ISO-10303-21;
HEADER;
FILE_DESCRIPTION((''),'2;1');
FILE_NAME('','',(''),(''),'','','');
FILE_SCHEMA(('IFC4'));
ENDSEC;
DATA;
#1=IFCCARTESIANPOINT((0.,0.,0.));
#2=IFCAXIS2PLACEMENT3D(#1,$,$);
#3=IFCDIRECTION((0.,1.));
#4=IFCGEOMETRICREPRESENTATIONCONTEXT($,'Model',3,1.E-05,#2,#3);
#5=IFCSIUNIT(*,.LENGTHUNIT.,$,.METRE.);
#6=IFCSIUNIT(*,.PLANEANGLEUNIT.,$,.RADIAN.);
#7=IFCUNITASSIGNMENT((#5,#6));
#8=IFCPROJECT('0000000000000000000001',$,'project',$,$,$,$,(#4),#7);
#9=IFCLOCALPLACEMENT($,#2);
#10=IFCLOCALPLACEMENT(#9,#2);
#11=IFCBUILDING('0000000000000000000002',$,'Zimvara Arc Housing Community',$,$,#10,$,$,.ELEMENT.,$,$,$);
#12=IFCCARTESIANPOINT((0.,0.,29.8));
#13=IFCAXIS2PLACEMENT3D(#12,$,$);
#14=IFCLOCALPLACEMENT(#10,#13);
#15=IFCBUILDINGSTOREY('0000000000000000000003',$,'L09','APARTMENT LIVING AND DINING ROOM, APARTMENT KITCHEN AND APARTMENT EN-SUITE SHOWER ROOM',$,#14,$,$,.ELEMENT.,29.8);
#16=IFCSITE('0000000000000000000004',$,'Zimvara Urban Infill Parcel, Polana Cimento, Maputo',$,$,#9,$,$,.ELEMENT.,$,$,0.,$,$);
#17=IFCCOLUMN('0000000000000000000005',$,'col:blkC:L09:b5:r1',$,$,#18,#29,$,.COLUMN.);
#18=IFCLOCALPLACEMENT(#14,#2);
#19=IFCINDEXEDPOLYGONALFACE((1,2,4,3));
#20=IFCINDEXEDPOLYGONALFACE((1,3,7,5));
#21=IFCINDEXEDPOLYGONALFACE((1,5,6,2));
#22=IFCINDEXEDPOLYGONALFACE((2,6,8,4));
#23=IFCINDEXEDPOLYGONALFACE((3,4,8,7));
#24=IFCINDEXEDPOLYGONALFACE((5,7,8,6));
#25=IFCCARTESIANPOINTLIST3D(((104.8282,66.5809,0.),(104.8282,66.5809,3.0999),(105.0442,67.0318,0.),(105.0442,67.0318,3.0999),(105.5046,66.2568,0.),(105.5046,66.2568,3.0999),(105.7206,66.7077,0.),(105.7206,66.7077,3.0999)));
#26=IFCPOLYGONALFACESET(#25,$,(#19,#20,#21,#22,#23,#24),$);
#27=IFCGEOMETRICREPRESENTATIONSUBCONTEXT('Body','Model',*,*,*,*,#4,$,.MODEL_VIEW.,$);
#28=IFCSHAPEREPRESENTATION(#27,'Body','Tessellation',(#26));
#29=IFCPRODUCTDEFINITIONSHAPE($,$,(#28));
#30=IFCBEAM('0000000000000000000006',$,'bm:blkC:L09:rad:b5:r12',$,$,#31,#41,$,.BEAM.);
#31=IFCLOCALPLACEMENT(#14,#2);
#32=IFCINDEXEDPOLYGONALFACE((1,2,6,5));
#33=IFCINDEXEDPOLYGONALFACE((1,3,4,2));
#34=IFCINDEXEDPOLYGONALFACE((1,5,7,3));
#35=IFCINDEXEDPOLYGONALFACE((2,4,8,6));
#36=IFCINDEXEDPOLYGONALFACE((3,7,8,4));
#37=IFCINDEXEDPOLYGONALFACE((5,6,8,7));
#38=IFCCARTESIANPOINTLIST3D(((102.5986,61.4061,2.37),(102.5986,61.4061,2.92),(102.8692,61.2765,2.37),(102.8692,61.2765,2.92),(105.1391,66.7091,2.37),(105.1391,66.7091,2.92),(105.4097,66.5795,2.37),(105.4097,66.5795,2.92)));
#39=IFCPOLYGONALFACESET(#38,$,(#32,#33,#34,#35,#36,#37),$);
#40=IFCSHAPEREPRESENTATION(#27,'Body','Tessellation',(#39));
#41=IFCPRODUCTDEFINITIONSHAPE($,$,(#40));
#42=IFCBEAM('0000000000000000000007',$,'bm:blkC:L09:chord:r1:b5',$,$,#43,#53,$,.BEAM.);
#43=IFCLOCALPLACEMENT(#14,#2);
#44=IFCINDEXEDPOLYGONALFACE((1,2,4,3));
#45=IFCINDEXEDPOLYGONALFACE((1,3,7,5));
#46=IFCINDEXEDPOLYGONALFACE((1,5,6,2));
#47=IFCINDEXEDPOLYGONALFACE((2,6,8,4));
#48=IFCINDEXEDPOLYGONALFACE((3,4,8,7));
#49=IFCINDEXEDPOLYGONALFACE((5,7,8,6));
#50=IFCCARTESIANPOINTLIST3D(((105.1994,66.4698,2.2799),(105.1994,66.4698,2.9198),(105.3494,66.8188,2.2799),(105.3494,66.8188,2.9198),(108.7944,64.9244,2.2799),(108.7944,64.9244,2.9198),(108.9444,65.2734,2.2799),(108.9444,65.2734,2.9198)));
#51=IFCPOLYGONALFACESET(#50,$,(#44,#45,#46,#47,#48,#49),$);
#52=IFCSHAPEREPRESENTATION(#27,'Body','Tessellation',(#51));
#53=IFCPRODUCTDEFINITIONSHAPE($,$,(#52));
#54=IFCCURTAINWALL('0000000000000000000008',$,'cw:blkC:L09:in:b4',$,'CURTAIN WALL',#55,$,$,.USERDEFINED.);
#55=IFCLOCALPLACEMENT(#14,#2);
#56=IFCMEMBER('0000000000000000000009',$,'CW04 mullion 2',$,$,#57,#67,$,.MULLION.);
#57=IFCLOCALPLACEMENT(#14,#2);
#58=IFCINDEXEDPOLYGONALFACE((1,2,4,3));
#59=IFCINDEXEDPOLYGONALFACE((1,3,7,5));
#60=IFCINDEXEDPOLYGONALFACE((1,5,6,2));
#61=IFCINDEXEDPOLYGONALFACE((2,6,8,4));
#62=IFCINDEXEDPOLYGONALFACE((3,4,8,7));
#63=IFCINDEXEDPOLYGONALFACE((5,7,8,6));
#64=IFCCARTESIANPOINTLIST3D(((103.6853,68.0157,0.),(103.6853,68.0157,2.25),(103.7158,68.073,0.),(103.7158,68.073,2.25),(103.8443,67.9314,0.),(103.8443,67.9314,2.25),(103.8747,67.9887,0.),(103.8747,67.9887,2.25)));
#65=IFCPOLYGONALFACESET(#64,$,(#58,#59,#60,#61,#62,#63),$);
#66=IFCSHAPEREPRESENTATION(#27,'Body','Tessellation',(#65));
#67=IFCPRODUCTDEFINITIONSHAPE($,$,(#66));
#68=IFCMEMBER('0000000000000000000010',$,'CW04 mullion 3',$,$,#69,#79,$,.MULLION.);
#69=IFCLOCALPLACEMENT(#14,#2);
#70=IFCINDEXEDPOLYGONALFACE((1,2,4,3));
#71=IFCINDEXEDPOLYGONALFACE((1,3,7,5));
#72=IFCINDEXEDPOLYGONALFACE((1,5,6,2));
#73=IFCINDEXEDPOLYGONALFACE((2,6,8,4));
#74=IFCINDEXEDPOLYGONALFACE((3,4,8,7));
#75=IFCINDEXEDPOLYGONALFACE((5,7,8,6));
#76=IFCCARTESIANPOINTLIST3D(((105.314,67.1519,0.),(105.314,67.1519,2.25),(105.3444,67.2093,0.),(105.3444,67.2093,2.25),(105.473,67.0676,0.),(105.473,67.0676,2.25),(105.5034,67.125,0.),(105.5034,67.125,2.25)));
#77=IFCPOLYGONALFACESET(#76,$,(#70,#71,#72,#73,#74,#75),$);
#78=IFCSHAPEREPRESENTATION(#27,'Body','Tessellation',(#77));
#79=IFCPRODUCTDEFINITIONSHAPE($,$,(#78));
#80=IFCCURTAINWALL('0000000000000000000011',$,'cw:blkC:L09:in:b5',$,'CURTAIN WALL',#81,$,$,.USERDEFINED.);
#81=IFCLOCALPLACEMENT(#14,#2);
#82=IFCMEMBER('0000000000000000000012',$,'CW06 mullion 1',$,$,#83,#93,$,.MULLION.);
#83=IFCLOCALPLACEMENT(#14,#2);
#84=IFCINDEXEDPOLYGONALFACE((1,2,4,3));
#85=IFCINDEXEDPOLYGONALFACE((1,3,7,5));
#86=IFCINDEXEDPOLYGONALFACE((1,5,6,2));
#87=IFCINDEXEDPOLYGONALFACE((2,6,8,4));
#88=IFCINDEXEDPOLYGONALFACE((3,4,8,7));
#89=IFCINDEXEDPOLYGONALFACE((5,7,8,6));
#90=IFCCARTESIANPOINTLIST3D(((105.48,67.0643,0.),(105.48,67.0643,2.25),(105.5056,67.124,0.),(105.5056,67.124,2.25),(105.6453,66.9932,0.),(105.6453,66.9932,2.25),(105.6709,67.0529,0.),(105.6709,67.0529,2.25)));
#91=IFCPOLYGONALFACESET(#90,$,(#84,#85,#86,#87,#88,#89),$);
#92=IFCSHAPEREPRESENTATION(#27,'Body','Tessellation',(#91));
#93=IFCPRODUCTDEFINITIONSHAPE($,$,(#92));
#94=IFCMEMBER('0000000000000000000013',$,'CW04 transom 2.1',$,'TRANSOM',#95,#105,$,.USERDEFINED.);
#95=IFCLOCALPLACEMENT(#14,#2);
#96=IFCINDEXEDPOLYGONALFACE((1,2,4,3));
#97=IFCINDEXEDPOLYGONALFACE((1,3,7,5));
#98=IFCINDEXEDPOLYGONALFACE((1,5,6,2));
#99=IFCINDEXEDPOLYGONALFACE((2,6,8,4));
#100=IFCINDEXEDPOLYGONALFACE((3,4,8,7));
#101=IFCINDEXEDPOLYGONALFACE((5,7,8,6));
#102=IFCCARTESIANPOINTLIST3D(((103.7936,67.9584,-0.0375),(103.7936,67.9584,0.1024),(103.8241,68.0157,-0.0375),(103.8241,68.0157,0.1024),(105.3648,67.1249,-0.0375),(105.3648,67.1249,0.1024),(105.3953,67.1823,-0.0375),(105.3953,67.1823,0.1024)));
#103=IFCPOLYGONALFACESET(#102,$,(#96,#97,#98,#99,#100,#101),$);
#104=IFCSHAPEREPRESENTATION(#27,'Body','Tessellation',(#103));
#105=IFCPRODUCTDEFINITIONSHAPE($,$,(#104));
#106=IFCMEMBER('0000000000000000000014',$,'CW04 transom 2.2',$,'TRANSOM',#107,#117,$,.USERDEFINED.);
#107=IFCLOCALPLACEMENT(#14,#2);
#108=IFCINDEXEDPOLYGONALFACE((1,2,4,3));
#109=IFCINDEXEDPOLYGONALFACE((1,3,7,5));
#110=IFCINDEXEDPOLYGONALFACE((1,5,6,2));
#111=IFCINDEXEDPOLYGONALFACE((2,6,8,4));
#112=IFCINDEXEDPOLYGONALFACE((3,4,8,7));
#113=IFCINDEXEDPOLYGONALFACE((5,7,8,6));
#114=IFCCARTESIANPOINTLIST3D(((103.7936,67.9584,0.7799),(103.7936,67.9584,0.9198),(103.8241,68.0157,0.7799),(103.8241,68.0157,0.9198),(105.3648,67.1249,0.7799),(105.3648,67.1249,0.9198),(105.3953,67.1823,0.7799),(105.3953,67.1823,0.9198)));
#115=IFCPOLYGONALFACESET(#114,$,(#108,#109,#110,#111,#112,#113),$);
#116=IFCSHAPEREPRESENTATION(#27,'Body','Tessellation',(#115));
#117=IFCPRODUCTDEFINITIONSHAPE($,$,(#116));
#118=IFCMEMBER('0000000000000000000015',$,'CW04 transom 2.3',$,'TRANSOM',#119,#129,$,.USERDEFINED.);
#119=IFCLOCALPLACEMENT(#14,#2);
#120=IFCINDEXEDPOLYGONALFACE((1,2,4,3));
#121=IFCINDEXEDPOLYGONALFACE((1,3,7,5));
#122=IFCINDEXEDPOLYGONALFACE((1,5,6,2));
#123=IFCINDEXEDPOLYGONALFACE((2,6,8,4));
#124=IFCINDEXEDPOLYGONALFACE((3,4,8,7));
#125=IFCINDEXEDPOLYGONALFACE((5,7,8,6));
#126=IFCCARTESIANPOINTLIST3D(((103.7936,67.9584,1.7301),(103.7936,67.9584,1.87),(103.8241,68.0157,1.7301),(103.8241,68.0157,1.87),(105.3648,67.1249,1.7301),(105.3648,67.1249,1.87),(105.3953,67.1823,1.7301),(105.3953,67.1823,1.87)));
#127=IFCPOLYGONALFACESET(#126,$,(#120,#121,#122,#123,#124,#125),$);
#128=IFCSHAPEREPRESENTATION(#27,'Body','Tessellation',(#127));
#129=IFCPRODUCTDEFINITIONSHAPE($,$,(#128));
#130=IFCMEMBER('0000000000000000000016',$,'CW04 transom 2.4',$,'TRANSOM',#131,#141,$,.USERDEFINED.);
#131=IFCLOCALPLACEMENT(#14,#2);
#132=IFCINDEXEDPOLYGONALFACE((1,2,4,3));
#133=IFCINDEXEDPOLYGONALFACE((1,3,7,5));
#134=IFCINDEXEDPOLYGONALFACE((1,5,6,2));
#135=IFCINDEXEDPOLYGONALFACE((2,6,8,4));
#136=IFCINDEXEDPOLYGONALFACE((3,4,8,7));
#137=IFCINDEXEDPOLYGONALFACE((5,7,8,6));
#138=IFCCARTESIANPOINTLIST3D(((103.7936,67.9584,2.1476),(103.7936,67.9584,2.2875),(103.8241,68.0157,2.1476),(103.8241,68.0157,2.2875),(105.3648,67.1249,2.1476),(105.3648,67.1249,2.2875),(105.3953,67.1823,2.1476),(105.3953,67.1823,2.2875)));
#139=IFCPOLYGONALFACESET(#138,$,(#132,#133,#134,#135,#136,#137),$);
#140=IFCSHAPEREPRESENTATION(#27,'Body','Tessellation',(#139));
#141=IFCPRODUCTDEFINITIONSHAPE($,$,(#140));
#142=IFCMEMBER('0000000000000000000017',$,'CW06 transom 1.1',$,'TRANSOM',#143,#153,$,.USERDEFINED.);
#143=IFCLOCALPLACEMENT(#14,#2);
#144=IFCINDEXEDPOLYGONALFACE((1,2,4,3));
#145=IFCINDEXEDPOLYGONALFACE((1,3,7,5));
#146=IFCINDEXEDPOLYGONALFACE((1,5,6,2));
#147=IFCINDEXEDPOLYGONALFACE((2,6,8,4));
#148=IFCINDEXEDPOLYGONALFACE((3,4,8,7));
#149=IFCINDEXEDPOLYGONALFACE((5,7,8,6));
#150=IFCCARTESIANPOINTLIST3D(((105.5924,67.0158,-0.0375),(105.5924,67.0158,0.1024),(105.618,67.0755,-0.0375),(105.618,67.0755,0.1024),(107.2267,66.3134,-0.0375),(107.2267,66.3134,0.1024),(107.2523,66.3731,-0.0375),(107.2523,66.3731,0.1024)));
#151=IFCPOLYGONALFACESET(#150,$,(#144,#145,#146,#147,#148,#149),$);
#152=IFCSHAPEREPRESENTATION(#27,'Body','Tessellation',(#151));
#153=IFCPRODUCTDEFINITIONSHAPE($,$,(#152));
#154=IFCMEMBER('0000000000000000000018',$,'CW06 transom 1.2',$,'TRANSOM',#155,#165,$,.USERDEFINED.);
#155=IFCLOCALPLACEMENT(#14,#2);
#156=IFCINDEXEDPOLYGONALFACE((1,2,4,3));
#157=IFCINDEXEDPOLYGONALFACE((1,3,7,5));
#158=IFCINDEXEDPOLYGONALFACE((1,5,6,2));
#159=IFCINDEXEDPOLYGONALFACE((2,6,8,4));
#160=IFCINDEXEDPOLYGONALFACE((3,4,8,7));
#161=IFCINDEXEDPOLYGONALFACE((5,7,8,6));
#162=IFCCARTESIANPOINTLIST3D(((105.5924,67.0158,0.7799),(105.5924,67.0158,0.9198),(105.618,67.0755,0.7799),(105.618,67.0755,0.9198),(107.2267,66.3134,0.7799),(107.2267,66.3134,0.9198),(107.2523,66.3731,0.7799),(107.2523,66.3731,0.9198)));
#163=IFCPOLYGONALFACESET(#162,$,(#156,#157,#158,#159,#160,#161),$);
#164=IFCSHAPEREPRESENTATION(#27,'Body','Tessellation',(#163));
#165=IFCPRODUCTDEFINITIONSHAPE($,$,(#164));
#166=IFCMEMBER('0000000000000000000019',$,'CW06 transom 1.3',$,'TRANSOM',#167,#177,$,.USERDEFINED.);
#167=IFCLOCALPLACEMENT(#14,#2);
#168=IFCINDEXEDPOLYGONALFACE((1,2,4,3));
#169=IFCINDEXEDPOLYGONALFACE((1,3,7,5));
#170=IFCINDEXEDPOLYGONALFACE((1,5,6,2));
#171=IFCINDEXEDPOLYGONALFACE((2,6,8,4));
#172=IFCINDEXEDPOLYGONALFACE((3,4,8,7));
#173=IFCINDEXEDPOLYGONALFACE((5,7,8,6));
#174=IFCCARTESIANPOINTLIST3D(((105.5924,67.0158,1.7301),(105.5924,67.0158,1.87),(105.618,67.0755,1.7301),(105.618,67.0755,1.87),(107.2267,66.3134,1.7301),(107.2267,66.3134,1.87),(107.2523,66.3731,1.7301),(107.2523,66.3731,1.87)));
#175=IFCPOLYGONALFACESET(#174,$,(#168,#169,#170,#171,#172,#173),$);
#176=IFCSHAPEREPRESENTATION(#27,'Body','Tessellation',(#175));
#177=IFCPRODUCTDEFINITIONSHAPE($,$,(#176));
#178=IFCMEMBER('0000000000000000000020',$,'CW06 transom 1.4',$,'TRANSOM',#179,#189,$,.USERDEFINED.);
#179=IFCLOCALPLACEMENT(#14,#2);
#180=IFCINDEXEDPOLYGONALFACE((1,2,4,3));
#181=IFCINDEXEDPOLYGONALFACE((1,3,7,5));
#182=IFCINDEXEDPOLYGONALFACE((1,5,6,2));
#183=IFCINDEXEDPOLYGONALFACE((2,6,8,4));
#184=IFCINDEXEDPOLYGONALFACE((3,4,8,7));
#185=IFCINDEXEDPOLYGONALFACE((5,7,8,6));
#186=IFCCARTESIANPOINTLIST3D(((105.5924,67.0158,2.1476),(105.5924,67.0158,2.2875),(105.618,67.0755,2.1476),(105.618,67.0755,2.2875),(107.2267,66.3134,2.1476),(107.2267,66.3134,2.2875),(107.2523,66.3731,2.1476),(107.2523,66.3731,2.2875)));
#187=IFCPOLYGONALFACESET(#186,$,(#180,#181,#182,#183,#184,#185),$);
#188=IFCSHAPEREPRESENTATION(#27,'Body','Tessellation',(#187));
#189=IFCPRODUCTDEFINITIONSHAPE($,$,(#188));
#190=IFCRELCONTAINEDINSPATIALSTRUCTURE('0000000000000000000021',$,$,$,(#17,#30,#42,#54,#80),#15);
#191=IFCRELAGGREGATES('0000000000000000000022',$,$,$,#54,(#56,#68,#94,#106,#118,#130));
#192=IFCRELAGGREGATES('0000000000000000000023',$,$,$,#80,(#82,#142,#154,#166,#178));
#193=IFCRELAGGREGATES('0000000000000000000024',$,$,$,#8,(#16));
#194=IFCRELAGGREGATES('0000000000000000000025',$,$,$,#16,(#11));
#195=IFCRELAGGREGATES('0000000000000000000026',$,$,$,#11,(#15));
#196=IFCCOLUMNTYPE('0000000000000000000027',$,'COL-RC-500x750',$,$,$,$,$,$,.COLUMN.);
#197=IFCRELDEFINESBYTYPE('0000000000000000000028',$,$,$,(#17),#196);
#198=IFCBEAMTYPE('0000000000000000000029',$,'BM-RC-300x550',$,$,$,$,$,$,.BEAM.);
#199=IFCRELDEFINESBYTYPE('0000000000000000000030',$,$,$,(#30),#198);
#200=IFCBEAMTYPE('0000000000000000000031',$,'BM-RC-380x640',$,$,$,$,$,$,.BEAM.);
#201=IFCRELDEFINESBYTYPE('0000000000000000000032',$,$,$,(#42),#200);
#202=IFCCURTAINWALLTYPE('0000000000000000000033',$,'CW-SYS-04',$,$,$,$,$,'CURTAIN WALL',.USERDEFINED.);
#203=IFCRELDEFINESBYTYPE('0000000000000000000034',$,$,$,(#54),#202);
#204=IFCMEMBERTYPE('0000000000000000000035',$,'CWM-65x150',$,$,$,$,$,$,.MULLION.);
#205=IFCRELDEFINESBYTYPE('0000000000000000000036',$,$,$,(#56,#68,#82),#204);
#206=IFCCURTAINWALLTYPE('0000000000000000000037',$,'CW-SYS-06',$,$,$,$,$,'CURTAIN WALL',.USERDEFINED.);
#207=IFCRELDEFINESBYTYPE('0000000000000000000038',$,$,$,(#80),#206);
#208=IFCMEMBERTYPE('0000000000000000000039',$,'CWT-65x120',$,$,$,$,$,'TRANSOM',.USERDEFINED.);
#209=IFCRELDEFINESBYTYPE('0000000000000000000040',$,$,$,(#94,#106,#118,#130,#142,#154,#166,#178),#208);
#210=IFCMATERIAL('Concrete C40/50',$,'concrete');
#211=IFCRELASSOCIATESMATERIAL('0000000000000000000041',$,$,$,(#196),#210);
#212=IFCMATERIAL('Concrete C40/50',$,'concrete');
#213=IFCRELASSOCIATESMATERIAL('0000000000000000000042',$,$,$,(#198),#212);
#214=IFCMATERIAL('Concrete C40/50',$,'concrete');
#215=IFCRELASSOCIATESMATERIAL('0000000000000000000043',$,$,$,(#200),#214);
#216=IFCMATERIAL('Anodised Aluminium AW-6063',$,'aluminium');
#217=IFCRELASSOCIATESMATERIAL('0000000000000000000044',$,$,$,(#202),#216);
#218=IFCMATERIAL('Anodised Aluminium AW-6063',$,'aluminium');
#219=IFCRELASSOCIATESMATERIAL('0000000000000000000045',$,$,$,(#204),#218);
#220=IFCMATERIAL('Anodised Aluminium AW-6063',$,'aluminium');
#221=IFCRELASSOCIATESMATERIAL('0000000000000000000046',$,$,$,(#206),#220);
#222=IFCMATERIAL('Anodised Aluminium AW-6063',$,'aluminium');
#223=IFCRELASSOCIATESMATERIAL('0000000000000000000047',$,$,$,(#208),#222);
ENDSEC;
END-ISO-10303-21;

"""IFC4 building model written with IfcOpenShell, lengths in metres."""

from ifc_helpers import new_model, si_unit, direction, frame, origin, origin_2d, place, context, subcontext, project, spatial, rectangle, extrude, material, material_profile, profile_set, type_object, element, aggregate, save


model = new_model("IFC4")

# Units and contexts
model_context = context("Model", 3, precision=1e-05, world=origin(), true_north=direction((0.0, 1.0)))
body_context = subcontext(model_context, "Body", "Model", "MODEL_VIEW")
ifc_project = project(units=[si_unit("LENGTHUNIT", "METRE"), si_unit("PLANEANGLEUNIT", "RADIAN")], contexts=[model_context])

# Site, building, storey
site_placement = place(None, origin())
site = spatial("IfcSite", under=ifc_project, at=site_placement, Name="Zimvara Urban Infill Parcel, Polana Cimento, Maputo", CompositionType="ELEMENT", RefElevation=0.0)
building_placement = place(site_placement, origin())
building = spatial("IfcBuilding", under=site, at=building_placement, Name="Zimvara Arc Housing Community", CompositionType="ELEMENT")
storey_placement = place(building_placement, frame((0.0, 0.0, 29.8)))
storey = spatial("IfcBuildingStorey", under=building, at=storey_placement, Name="L09", Description="APARTMENT LIVING AND DINING ROOM, APARTMENT KITCHEN AND APARTMENT EN-SUITE SHOWER ROOM", CompositionType="ELEMENT", Elevation=29.8)

# Column
ifc_material_1 = material(Name="Concrete C40/50", Category="concrete")
ifc_material_profile_1 = material_profile(ifc_material_1, rectangle(XDim=0.5, YDim=0.75, at=origin_2d()), Name="RC 500x750")
ifc_profile_set_1 = profile_set([ifc_material_profile_1], Name="Concrete C40/50")
column_type = type_object("IfcColumnType", Name="COL-RC-500x750", PredefinedType="COLUMN", material=ifc_profile_set_1)
column_placement = place(storey_placement, frame((105.2744, 66.6443, 0.0), z_axis=(0.0, 0.0, 1.0), x_axis=(-0.432086, -0.901833, 0.0)))
element("IfcColumn", 1, at=column_placement, inside=storey, type_object=column_type, Name="col:blkC:L09:b5:r1", PredefinedType="COLUMN", context=body_context, shape_type="SweptSolid", body=[
    extrude(rectangle(XDim=0.5, YDim=0.75, at=origin_2d()), origin(), (0.0, 0.0, 1.0), 3.0999),
])

# Beams
ifc_material_2 = material(Name="Concrete C40/50", Category="concrete")
ifc_material_profile_2 = material_profile(ifc_material_2, rectangle(XDim=0.3, YDim=0.55, at=origin_2d()), Name="RC 300x550")
ifc_profile_set_2 = profile_set([ifc_material_profile_2], Name="Concrete C40/50")
beam_type_1 = type_object("IfcBeamType", Name="BM-RC-300x550", PredefinedType="BEAM", material=ifc_profile_set_2)
beam_1_placement = place(storey_placement, frame((105.2744, 66.6443, 2.645), z_axis=(-0.432053, -0.901848, 0.0), x_axis=(0.901848, -0.432053, 0.0)))
element("IfcBeam", 2, at=beam_1_placement, inside=storey, type_object=beam_type_1, Name="bm:blkC:L09:rad:b5:r12", PredefinedType="BEAM", context=body_context, shape_type="SweptSolid", body=[
    extrude(rectangle(XDim=0.3, YDim=0.55, at=origin_2d()), origin(), (0.0, 0.0, 1.0), 5.8801),
])
ifc_material_3 = material(Name="Concrete C40/50", Category="concrete")
ifc_material_profile_3 = material_profile(ifc_material_3, rectangle(XDim=0.3799, YDim=0.6399, at=origin_2d()), Name="RC 380x640")
ifc_profile_set_3 = profile_set([ifc_material_profile_3], Name="Concrete C40/50")
beam_type_2 = type_object("IfcBeamType", Name="BM-RC-380x640", PredefinedType="BEAM", material=ifc_profile_set_3)
beam_2_placement = place(storey_placement, frame((105.2744, 66.6443, 2.5999), z_axis=(0.918709, -0.394936, 0.0), x_axis=(0.394936, 0.918709, 0.0)))
element("IfcBeam", 3, at=beam_2_placement, inside=storey, type_object=beam_type_2, Name="bm:blkC:L09:chord:r1:b5", PredefinedType="BEAM", context=body_context, shape_type="SweptSolid", body=[
    extrude(rectangle(XDim=0.3799, YDim=0.6399, at=origin_2d()), origin(), (0.0, 0.0, 1.0), 3.9131),
])

# Curtain wall, members
ifc_material_4 = material(Name="Anodised Aluminium AW-6063", Category="aluminium")
curtain_wall_type_1 = type_object("IfcCurtainWallType", Name="CW-SYS-04", ElementType="CURTAIN WALL", PredefinedType="USERDEFINED", material=ifc_material_4)
curtain_wall_1_placement = place(storey_placement, origin())
curtain_wall_1 = element("IfcCurtainWall", 4, at=curtain_wall_1_placement, inside=storey, type_object=curtain_wall_type_1, Name="cw:blkC:L09:in:b4", ObjectType="CURTAIN WALL", PredefinedType="USERDEFINED")
ifc_material_5 = material(Name="Anodised Aluminium AW-6063", Category="aluminium")
ifc_material_profile_4 = material_profile(ifc_material_5, rectangle(XDim=0.0649, YDim=0.1799, at=origin_2d()), Name="ALU 65x180")
ifc_profile_set_4 = profile_set([ifc_material_profile_4], Name="Anodised Aluminium AW-6063")
member_type_1 = type_object("IfcMemberType", Name="CWM-65x150", PredefinedType="MULLION", material=ifc_profile_set_4)
member_1_placement = place(storey_placement, frame((103.78, 68.0022, 0.0), z_axis=(0.0, 0.0, 1.0), x_axis=(0.468547, 0.883439, 0.0)))
member_1 = element("IfcMember", 5, at=member_1_placement, type_object=member_type_1, Name="CW04 mullion 2", PredefinedType="MULLION", context=body_context, shape_type="SweptSolid", body=[
    extrude(rectangle(XDim=0.0649, YDim=0.1799, at=origin_2d()), origin(), (0.0, 0.0, 1.0), 2.25),
])
member_2_placement = place(storey_placement, frame((105.4087, 67.1384, 0.0), z_axis=(0.0, 0.0, 1.0), x_axis=(0.468547, 0.883439, 0.0)))
member_2 = element("IfcMember", 6, at=member_2_placement, type_object=member_type_1, Name="CW04 mullion 3", PredefinedType="MULLION", context=body_context, shape_type="SweptSolid", body=[
    extrude(rectangle(XDim=0.0649, YDim=0.1799, at=origin_2d()), origin(), (0.0, 0.0, 1.0), 2.25),
])

# Curtain wall, member
ifc_material_6 = material(Name="Anodised Aluminium AW-6063", Category="aluminium")
curtain_wall_type_2 = type_object("IfcCurtainWallType", Name="CW-SYS-06", ElementType="CURTAIN WALL", PredefinedType="USERDEFINED", material=ifc_material_6)
curtain_wall_2_placement = place(storey_placement, origin())
curtain_wall_2 = element("IfcCurtainWall", 7, at=curtain_wall_2_placement, inside=storey, type_object=curtain_wall_type_2, Name="cw:blkC:L09:in:b5", ObjectType="CURTAIN WALL", PredefinedType="USERDEFINED")
member_3_placement = place(storey_placement, frame((105.5754, 67.0586, 0.0), z_axis=(0.0, 0.0, 1.0), x_axis=(0.394904, 0.918722, 0.0)))
member_3 = element("IfcMember", 8, at=member_3_placement, type_object=member_type_1, Name="CW06 mullion 1", PredefinedType="MULLION", context=body_context, shape_type="SweptSolid", body=[
    extrude(rectangle(XDim=0.0649, YDim=0.1799, at=origin_2d()), origin(), (0.0, 0.0, 1.0), 2.25),
])

# Members
ifc_material_7 = material(Name="Anodised Aluminium AW-6063", Category="aluminium")
ifc_material_profile_5 = material_profile(ifc_material_7, rectangle(XDim=0.0649, YDim=0.1399, at=origin_2d()), Name="ALU 65x140")
ifc_profile_set_5 = profile_set([ifc_material_profile_5], Name="Anodised Aluminium AW-6063")
member_type_2 = type_object("IfcMemberType", Name="CWT-65x120", ElementType="TRANSOM", PredefinedType="USERDEFINED", material=ifc_profile_set_5)
member_4_placement = place(storey_placement, frame((103.8088, 67.9871, 0.0325), z_axis=(0.883407, -0.468607, 0.0), x_axis=(0.468607, 0.883407, 0.0)))
member_4 = element("IfcMember", 9, at=member_4_placement, type_object=member_type_2, Name="CW04 transom 2.1", ObjectType="TRANSOM", PredefinedType="USERDEFINED", context=body_context, shape_type="SweptSolid", body=[
    extrude(rectangle(XDim=0.0649, YDim=0.1399, at=origin_2d()), origin(), (0.0, 0.0, 1.0), 1.7786),
])
member_5_placement = place(storey_placement, frame((103.8088, 67.9871, 0.8499), z_axis=(0.883407, -0.468607, 0.0), x_axis=(0.468607, 0.883407, 0.0)))
member_5 = element("IfcMember", 10, at=member_5_placement, type_object=member_type_2, Name="CW04 transom 2.2", ObjectType="TRANSOM", PredefinedType="USERDEFINED", context=body_context, shape_type="SweptSolid", body=[
    extrude(rectangle(XDim=0.0649, YDim=0.1399, at=origin_2d()), origin(), (0.0, 0.0, 1.0), 1.7786),
])
member_6_placement = place(storey_placement, frame((103.8088, 67.9871, 1.8), z_axis=(0.883407, -0.468607, 0.0), x_axis=(0.468607, 0.883407, 0.0)))
member_6 = element("IfcMember", 11, at=member_6_placement, type_object=member_type_2, Name="CW04 transom 2.3", ObjectType="TRANSOM", PredefinedType="USERDEFINED", context=body_context, shape_type="SweptSolid", body=[
    extrude(rectangle(XDim=0.0649, YDim=0.1399, at=origin_2d()), origin(), (0.0, 0.0, 1.0), 1.7786),
])
member_7_placement = place(storey_placement, frame((103.8088, 67.9871, 2.2175), z_axis=(0.883407, -0.468607, 0.0), x_axis=(0.468607, 0.883407, 0.0)))
member_7 = element("IfcMember", 12, at=member_7_placement, type_object=member_type_2, Name="CW04 transom 2.4", ObjectType="TRANSOM", PredefinedType="USERDEFINED", context=body_context, shape_type="SweptSolid", body=[
    extrude(rectangle(XDim=0.0649, YDim=0.1399, at=origin_2d()), origin(), (0.0, 0.0, 1.0), 1.7786),
])
member_8_placement = place(storey_placement, frame((105.6052, 67.0457, 0.0325), z_axis=(0.91874, -0.394863, 0.0), x_axis=(0.394863, 0.91874, 0.0)))
member_8 = element("IfcMember", 13, at=member_8_placement, type_object=member_type_2, Name="CW06 transom 1.1", ObjectType="TRANSOM", PredefinedType="USERDEFINED", context=body_context, shape_type="SweptSolid", body=[
    extrude(rectangle(XDim=0.0649, YDim=0.1399, at=origin_2d()), origin(), (0.0, 0.0, 1.0), 1.7788),
])
member_9_placement = place(storey_placement, frame((105.6052, 67.0457, 0.8499), z_axis=(0.91874, -0.394863, 0.0), x_axis=(0.394863, 0.91874, 0.0)))
member_9 = element("IfcMember", 14, at=member_9_placement, type_object=member_type_2, Name="CW06 transom 1.2", ObjectType="TRANSOM", PredefinedType="USERDEFINED", context=body_context, shape_type="SweptSolid", body=[
    extrude(rectangle(XDim=0.0649, YDim=0.1399, at=origin_2d()), origin(), (0.0, 0.0, 1.0), 1.7788),
])
member_10_placement = place(storey_placement, frame((105.6052, 67.0457, 1.8), z_axis=(0.91874, -0.394863, 0.0), x_axis=(0.394863, 0.91874, 0.0)))
member_10 = element("IfcMember", 15, at=member_10_placement, type_object=member_type_2, Name="CW06 transom 1.3", ObjectType="TRANSOM", PredefinedType="USERDEFINED", context=body_context, shape_type="SweptSolid", body=[
    extrude(rectangle(XDim=0.0649, YDim=0.1399, at=origin_2d()), origin(), (0.0, 0.0, 1.0), 1.7788),
])
member_11_placement = place(storey_placement, frame((105.6052, 67.0457, 2.2175), z_axis=(0.91874, -0.394863, 0.0), x_axis=(0.394863, 0.91874, 0.0)))
member_11 = element("IfcMember", 16, at=member_11_placement, type_object=member_type_2, Name="CW06 transom 1.4", ObjectType="TRANSOM", PredefinedType="USERDEFINED", context=body_context, shape_type="SweptSolid", body=[
    extrude(rectangle(XDim=0.0649, YDim=0.1399, at=origin_2d()), origin(), (0.0, 0.0, 1.0), 1.7788),
])

aggregate(curtain_wall_1, [member_1, member_2, member_4, member_5, member_6, member_7])
aggregate(curtain_wall_2, [member_3, member_8, member_9, member_10, member_11])

save(model, "model.ifc")
